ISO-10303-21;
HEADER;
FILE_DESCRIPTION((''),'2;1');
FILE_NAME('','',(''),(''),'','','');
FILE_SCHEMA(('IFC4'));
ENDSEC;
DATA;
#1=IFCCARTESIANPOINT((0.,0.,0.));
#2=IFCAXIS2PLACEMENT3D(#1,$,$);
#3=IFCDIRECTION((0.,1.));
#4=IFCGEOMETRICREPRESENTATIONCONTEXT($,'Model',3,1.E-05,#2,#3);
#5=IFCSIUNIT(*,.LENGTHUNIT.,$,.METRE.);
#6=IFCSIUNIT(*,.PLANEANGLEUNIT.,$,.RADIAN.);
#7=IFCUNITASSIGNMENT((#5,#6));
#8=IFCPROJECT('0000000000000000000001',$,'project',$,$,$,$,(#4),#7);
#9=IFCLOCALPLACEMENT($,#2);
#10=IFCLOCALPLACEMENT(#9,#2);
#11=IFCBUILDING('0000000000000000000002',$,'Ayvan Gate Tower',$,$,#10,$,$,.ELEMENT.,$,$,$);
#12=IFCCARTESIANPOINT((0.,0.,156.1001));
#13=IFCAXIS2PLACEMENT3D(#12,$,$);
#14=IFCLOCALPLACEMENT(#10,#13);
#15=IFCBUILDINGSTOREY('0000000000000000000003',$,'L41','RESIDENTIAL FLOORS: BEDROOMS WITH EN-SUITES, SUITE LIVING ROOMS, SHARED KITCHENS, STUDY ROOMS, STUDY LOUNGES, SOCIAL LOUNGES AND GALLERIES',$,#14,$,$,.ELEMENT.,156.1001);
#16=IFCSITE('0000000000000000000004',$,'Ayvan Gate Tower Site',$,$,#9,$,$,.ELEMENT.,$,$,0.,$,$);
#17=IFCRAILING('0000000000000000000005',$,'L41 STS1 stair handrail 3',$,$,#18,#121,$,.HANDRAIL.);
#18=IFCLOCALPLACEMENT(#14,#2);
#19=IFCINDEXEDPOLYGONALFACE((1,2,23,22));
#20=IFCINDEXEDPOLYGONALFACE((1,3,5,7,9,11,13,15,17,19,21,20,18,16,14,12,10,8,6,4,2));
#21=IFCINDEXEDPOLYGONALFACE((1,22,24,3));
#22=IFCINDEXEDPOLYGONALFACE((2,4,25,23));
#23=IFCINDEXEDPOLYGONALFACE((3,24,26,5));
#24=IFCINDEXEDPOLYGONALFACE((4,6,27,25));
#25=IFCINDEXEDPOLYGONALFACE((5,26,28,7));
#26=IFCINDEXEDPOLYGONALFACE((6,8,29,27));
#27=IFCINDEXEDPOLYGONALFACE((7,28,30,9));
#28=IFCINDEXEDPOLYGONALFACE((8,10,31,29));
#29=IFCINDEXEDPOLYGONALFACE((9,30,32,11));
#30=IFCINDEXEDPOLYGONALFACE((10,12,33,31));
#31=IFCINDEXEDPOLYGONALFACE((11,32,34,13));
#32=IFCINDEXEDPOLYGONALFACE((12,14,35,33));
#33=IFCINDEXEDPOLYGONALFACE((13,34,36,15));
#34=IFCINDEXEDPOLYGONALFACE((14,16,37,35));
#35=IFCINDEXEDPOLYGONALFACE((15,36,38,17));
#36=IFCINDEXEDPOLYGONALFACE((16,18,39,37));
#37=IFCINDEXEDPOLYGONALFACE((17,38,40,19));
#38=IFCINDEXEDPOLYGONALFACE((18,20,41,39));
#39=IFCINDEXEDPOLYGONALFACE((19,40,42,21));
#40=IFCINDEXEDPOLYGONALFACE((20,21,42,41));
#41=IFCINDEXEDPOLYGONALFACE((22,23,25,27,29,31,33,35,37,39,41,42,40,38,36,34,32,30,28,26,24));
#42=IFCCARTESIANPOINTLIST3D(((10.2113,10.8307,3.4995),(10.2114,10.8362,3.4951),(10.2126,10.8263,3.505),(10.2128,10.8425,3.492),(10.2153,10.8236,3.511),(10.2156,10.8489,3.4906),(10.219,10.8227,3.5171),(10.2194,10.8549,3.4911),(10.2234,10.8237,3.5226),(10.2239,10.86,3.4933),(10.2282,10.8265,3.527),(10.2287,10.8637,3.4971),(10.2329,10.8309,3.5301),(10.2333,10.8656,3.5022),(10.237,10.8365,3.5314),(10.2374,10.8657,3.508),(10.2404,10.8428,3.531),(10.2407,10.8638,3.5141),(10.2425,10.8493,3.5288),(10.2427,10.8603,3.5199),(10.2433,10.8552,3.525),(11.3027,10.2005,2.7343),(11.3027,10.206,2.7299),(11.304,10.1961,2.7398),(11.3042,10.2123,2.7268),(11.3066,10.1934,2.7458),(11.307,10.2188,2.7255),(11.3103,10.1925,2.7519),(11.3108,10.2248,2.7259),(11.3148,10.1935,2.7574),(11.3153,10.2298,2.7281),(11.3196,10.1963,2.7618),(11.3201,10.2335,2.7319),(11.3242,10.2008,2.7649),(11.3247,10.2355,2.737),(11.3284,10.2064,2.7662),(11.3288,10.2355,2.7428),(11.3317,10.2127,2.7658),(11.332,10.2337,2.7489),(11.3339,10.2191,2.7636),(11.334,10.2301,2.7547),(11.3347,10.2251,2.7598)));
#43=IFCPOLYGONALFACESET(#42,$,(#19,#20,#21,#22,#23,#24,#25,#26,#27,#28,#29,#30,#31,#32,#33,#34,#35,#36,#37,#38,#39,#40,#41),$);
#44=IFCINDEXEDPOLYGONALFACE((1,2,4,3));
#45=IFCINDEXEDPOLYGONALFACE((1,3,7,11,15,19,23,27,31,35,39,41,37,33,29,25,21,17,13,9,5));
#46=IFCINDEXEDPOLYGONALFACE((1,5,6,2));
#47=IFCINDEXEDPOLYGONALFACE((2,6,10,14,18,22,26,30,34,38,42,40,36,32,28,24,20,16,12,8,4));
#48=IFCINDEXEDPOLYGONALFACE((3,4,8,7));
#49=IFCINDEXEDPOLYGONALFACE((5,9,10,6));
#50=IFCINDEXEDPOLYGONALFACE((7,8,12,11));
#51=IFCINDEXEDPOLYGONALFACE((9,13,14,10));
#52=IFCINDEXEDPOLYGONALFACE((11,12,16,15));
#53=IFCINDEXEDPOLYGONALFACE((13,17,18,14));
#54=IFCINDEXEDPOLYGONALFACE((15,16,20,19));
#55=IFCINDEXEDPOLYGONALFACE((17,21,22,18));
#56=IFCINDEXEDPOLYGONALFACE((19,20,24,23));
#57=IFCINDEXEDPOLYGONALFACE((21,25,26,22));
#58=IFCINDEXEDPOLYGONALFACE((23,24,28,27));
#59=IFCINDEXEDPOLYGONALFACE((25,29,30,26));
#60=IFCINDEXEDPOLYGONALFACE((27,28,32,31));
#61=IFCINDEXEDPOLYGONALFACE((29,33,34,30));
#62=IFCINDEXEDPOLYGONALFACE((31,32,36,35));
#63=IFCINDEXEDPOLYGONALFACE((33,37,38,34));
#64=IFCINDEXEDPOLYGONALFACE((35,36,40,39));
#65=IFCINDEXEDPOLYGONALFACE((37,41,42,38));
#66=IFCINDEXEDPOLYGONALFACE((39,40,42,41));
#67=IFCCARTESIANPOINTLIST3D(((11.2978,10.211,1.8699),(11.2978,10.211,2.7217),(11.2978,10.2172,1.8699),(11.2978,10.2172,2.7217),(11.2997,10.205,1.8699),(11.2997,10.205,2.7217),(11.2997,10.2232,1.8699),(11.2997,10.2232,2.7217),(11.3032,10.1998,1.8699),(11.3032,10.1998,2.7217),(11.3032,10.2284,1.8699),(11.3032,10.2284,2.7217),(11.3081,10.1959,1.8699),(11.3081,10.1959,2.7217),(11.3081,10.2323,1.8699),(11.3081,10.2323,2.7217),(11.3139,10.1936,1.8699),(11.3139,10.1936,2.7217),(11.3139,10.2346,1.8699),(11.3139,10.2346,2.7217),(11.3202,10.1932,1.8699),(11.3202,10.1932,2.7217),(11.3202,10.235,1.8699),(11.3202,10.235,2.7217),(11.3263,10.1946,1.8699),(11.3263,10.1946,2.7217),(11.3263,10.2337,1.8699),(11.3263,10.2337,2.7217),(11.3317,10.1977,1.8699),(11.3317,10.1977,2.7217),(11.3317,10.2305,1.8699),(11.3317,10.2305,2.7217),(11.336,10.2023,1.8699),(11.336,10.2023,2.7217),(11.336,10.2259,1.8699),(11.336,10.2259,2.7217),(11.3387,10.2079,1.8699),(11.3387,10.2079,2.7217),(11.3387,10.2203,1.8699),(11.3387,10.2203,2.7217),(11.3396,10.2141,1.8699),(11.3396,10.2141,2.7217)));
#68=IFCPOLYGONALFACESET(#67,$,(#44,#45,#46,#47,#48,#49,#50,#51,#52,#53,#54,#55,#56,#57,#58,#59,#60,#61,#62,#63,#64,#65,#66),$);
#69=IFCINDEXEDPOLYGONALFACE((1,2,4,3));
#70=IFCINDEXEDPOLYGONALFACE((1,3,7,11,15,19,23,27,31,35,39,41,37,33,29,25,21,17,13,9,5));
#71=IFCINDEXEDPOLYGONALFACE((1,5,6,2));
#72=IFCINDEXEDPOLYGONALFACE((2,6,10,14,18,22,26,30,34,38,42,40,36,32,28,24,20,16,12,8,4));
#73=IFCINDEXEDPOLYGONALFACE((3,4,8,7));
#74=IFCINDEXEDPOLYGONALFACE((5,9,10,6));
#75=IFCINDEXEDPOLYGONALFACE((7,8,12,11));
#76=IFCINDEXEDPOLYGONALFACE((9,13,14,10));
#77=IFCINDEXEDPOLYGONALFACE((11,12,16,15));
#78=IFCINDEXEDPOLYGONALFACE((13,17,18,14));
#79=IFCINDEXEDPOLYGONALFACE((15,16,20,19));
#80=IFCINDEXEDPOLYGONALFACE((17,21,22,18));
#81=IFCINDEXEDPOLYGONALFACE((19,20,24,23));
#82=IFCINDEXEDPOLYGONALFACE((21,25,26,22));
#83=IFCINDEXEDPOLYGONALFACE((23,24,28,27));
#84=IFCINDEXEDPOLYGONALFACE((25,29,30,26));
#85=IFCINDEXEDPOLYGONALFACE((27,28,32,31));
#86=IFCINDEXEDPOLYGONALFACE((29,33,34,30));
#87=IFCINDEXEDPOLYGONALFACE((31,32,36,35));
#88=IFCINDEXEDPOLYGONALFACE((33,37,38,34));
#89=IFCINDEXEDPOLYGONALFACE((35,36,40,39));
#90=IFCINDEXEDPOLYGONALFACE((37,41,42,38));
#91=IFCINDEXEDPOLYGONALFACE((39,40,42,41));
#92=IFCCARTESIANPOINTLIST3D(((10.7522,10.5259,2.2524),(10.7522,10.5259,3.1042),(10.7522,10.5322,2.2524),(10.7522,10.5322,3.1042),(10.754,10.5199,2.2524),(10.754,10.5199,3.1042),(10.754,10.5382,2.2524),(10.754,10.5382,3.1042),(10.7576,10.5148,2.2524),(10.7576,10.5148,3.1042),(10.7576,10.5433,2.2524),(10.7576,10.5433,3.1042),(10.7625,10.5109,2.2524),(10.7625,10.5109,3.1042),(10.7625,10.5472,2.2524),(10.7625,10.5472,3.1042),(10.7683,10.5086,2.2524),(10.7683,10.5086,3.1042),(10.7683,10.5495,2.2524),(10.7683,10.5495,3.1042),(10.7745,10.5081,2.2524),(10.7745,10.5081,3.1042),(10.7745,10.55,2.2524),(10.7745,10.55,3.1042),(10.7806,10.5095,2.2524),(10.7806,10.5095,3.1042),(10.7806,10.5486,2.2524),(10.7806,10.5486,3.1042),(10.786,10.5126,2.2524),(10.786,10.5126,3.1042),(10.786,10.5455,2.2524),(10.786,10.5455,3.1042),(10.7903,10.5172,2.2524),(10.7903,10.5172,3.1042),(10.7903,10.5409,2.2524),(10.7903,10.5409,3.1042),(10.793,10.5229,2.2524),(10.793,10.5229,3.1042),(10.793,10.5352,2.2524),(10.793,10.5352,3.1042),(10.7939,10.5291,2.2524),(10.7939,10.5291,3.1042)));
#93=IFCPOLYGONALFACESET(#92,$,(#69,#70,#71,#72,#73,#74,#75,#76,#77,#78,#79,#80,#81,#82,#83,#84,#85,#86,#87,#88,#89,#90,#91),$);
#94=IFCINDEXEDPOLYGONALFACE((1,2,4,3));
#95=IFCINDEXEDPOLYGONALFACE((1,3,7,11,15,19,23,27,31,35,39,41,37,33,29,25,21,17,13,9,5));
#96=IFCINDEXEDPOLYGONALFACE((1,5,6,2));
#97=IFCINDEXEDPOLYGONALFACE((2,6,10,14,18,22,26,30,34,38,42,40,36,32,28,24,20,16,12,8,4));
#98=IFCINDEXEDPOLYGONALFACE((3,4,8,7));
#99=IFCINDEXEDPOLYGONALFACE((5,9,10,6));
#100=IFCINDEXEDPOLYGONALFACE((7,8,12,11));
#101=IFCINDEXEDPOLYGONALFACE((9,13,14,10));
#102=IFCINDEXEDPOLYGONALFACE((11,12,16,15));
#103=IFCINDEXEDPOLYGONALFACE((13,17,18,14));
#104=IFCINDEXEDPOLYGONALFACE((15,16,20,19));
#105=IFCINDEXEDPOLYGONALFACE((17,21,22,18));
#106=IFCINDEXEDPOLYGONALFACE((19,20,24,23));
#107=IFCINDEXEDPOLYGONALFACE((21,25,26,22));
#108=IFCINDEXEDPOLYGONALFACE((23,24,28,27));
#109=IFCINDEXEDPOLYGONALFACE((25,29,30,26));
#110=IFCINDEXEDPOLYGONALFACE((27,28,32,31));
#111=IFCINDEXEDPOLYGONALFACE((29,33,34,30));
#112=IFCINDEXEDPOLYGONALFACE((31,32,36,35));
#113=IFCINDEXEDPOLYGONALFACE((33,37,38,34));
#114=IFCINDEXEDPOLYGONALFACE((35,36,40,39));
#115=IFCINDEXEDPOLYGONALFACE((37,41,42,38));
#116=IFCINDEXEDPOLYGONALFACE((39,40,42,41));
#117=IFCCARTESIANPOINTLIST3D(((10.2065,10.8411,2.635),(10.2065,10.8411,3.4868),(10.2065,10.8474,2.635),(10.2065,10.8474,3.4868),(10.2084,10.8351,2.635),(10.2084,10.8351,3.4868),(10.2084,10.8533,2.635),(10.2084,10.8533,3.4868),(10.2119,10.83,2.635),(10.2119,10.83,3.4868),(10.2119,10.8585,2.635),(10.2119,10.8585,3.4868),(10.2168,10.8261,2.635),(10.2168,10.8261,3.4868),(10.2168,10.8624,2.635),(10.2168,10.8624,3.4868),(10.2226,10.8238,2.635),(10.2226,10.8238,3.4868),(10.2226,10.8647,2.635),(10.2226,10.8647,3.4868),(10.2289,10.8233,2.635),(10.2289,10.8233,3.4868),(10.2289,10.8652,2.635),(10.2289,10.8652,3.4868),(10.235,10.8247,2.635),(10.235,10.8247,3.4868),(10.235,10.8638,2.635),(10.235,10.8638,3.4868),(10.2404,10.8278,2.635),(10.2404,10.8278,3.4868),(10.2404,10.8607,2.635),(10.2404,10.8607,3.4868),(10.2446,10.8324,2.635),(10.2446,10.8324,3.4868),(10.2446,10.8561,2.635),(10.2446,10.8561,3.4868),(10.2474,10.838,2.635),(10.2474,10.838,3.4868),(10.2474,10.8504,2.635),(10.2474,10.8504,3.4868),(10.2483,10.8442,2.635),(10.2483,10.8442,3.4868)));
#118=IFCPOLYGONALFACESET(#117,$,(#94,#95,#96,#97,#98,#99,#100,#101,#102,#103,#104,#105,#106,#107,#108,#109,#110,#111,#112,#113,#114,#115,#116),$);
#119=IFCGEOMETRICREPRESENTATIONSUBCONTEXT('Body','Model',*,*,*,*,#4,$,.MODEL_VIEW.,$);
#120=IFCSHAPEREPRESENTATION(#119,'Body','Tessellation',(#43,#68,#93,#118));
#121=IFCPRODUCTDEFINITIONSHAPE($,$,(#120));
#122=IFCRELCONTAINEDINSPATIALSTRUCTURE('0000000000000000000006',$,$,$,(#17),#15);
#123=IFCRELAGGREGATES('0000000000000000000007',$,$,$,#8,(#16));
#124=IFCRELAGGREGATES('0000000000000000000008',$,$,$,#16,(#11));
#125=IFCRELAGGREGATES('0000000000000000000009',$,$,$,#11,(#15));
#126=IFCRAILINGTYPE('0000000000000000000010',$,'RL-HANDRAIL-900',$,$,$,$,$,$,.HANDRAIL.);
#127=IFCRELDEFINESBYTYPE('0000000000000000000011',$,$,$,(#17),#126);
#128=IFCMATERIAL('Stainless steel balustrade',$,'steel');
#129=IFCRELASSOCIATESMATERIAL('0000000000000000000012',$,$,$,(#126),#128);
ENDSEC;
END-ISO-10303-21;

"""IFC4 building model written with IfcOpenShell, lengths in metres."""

from ifc_helpers import new_model, si_unit, direction, frame, origin, origin_2d, place, context, subcontext, project, spatial, circle, extrude, material, type_object, element, save


model = new_model("IFC4")

# Units and contexts
model_context = context("Model", 3, precision=1e-05, world=origin(), true_north=direction((0.0, 1.0)))
body_context = subcontext(model_context, "Body", "Model", "MODEL_VIEW")
ifc_project = project(units=[si_unit("LENGTHUNIT", "METRE"), si_unit("PLANEANGLEUNIT", "RADIAN")], contexts=[model_context])

# Site, building, storey
site_placement = place(None, origin())
site = spatial("IfcSite", under=ifc_project, at=site_placement, Name="Ayvan Gate Tower Site", CompositionType="ELEMENT", RefElevation=0.0)
building_placement = place(site_placement, origin())
building = spatial("IfcBuilding", under=site, at=building_placement, Name="Ayvan Gate Tower", CompositionType="ELEMENT")
storey_placement = place(building_placement, frame((0.0, 0.0, 156.1001)))
storey = spatial("IfcBuildingStorey", under=building, at=storey_placement, Name="L41", Description="RESIDENTIAL FLOORS: BEDROOMS WITH EN-SUITES, SUITE LIVING ROOMS, SHARED KITCHENS, STUDY ROOMS, STUDY LOUNGES, SOCIAL LOUNGES AND GALLERIES", CompositionType="ELEMENT", Elevation=156.1001)

# Railing
ifc_material_1 = material(Name="Stainless steel balustrade", Category="steel")
railing_type_1 = type_object("IfcRailingType", Name="RL-HANDRAIL-900", PredefinedType="HANDRAIL", material=ifc_material_1)
railing_1_placement = place(storey_placement, frame((11.3186, 10.2141, 1.8699)))
element("IfcRailing", 1, at=railing_1_placement, inside=storey, type_object=railing_type_1, Name="L41 STS1 stair handrail 3", PredefinedType="HANDRAIL", context=body_context, shape_type="SweptSolid", body=[
    extrude(circle(Radius=0.0239, at=origin_2d()), frame((0.0, 0.0, 0.876), z_axis=(-0.740241, 0.427419, 0.518996), x_axis=(-0.500035, -0.866005, 0.0)), (0.0, 0.0, 1.0), 1.4744),
    extrude(circle(Radius=0.021, at=origin_2d()), origin(), (0.0, 0.0, 1.0), 0.8518),
    extrude(circle(Radius=0.021, at=origin_2d()), frame((-0.5457, 0.3149, 0.3826)), (0.0, 0.0, 1.0), 0.8518),
    extrude(circle(Radius=0.021, at=origin_2d()), frame((-1.0913, 0.6301, 0.7651)), (0.0, 0.0, 1.0), 0.8518),
])

save(model, "model.ifc")
